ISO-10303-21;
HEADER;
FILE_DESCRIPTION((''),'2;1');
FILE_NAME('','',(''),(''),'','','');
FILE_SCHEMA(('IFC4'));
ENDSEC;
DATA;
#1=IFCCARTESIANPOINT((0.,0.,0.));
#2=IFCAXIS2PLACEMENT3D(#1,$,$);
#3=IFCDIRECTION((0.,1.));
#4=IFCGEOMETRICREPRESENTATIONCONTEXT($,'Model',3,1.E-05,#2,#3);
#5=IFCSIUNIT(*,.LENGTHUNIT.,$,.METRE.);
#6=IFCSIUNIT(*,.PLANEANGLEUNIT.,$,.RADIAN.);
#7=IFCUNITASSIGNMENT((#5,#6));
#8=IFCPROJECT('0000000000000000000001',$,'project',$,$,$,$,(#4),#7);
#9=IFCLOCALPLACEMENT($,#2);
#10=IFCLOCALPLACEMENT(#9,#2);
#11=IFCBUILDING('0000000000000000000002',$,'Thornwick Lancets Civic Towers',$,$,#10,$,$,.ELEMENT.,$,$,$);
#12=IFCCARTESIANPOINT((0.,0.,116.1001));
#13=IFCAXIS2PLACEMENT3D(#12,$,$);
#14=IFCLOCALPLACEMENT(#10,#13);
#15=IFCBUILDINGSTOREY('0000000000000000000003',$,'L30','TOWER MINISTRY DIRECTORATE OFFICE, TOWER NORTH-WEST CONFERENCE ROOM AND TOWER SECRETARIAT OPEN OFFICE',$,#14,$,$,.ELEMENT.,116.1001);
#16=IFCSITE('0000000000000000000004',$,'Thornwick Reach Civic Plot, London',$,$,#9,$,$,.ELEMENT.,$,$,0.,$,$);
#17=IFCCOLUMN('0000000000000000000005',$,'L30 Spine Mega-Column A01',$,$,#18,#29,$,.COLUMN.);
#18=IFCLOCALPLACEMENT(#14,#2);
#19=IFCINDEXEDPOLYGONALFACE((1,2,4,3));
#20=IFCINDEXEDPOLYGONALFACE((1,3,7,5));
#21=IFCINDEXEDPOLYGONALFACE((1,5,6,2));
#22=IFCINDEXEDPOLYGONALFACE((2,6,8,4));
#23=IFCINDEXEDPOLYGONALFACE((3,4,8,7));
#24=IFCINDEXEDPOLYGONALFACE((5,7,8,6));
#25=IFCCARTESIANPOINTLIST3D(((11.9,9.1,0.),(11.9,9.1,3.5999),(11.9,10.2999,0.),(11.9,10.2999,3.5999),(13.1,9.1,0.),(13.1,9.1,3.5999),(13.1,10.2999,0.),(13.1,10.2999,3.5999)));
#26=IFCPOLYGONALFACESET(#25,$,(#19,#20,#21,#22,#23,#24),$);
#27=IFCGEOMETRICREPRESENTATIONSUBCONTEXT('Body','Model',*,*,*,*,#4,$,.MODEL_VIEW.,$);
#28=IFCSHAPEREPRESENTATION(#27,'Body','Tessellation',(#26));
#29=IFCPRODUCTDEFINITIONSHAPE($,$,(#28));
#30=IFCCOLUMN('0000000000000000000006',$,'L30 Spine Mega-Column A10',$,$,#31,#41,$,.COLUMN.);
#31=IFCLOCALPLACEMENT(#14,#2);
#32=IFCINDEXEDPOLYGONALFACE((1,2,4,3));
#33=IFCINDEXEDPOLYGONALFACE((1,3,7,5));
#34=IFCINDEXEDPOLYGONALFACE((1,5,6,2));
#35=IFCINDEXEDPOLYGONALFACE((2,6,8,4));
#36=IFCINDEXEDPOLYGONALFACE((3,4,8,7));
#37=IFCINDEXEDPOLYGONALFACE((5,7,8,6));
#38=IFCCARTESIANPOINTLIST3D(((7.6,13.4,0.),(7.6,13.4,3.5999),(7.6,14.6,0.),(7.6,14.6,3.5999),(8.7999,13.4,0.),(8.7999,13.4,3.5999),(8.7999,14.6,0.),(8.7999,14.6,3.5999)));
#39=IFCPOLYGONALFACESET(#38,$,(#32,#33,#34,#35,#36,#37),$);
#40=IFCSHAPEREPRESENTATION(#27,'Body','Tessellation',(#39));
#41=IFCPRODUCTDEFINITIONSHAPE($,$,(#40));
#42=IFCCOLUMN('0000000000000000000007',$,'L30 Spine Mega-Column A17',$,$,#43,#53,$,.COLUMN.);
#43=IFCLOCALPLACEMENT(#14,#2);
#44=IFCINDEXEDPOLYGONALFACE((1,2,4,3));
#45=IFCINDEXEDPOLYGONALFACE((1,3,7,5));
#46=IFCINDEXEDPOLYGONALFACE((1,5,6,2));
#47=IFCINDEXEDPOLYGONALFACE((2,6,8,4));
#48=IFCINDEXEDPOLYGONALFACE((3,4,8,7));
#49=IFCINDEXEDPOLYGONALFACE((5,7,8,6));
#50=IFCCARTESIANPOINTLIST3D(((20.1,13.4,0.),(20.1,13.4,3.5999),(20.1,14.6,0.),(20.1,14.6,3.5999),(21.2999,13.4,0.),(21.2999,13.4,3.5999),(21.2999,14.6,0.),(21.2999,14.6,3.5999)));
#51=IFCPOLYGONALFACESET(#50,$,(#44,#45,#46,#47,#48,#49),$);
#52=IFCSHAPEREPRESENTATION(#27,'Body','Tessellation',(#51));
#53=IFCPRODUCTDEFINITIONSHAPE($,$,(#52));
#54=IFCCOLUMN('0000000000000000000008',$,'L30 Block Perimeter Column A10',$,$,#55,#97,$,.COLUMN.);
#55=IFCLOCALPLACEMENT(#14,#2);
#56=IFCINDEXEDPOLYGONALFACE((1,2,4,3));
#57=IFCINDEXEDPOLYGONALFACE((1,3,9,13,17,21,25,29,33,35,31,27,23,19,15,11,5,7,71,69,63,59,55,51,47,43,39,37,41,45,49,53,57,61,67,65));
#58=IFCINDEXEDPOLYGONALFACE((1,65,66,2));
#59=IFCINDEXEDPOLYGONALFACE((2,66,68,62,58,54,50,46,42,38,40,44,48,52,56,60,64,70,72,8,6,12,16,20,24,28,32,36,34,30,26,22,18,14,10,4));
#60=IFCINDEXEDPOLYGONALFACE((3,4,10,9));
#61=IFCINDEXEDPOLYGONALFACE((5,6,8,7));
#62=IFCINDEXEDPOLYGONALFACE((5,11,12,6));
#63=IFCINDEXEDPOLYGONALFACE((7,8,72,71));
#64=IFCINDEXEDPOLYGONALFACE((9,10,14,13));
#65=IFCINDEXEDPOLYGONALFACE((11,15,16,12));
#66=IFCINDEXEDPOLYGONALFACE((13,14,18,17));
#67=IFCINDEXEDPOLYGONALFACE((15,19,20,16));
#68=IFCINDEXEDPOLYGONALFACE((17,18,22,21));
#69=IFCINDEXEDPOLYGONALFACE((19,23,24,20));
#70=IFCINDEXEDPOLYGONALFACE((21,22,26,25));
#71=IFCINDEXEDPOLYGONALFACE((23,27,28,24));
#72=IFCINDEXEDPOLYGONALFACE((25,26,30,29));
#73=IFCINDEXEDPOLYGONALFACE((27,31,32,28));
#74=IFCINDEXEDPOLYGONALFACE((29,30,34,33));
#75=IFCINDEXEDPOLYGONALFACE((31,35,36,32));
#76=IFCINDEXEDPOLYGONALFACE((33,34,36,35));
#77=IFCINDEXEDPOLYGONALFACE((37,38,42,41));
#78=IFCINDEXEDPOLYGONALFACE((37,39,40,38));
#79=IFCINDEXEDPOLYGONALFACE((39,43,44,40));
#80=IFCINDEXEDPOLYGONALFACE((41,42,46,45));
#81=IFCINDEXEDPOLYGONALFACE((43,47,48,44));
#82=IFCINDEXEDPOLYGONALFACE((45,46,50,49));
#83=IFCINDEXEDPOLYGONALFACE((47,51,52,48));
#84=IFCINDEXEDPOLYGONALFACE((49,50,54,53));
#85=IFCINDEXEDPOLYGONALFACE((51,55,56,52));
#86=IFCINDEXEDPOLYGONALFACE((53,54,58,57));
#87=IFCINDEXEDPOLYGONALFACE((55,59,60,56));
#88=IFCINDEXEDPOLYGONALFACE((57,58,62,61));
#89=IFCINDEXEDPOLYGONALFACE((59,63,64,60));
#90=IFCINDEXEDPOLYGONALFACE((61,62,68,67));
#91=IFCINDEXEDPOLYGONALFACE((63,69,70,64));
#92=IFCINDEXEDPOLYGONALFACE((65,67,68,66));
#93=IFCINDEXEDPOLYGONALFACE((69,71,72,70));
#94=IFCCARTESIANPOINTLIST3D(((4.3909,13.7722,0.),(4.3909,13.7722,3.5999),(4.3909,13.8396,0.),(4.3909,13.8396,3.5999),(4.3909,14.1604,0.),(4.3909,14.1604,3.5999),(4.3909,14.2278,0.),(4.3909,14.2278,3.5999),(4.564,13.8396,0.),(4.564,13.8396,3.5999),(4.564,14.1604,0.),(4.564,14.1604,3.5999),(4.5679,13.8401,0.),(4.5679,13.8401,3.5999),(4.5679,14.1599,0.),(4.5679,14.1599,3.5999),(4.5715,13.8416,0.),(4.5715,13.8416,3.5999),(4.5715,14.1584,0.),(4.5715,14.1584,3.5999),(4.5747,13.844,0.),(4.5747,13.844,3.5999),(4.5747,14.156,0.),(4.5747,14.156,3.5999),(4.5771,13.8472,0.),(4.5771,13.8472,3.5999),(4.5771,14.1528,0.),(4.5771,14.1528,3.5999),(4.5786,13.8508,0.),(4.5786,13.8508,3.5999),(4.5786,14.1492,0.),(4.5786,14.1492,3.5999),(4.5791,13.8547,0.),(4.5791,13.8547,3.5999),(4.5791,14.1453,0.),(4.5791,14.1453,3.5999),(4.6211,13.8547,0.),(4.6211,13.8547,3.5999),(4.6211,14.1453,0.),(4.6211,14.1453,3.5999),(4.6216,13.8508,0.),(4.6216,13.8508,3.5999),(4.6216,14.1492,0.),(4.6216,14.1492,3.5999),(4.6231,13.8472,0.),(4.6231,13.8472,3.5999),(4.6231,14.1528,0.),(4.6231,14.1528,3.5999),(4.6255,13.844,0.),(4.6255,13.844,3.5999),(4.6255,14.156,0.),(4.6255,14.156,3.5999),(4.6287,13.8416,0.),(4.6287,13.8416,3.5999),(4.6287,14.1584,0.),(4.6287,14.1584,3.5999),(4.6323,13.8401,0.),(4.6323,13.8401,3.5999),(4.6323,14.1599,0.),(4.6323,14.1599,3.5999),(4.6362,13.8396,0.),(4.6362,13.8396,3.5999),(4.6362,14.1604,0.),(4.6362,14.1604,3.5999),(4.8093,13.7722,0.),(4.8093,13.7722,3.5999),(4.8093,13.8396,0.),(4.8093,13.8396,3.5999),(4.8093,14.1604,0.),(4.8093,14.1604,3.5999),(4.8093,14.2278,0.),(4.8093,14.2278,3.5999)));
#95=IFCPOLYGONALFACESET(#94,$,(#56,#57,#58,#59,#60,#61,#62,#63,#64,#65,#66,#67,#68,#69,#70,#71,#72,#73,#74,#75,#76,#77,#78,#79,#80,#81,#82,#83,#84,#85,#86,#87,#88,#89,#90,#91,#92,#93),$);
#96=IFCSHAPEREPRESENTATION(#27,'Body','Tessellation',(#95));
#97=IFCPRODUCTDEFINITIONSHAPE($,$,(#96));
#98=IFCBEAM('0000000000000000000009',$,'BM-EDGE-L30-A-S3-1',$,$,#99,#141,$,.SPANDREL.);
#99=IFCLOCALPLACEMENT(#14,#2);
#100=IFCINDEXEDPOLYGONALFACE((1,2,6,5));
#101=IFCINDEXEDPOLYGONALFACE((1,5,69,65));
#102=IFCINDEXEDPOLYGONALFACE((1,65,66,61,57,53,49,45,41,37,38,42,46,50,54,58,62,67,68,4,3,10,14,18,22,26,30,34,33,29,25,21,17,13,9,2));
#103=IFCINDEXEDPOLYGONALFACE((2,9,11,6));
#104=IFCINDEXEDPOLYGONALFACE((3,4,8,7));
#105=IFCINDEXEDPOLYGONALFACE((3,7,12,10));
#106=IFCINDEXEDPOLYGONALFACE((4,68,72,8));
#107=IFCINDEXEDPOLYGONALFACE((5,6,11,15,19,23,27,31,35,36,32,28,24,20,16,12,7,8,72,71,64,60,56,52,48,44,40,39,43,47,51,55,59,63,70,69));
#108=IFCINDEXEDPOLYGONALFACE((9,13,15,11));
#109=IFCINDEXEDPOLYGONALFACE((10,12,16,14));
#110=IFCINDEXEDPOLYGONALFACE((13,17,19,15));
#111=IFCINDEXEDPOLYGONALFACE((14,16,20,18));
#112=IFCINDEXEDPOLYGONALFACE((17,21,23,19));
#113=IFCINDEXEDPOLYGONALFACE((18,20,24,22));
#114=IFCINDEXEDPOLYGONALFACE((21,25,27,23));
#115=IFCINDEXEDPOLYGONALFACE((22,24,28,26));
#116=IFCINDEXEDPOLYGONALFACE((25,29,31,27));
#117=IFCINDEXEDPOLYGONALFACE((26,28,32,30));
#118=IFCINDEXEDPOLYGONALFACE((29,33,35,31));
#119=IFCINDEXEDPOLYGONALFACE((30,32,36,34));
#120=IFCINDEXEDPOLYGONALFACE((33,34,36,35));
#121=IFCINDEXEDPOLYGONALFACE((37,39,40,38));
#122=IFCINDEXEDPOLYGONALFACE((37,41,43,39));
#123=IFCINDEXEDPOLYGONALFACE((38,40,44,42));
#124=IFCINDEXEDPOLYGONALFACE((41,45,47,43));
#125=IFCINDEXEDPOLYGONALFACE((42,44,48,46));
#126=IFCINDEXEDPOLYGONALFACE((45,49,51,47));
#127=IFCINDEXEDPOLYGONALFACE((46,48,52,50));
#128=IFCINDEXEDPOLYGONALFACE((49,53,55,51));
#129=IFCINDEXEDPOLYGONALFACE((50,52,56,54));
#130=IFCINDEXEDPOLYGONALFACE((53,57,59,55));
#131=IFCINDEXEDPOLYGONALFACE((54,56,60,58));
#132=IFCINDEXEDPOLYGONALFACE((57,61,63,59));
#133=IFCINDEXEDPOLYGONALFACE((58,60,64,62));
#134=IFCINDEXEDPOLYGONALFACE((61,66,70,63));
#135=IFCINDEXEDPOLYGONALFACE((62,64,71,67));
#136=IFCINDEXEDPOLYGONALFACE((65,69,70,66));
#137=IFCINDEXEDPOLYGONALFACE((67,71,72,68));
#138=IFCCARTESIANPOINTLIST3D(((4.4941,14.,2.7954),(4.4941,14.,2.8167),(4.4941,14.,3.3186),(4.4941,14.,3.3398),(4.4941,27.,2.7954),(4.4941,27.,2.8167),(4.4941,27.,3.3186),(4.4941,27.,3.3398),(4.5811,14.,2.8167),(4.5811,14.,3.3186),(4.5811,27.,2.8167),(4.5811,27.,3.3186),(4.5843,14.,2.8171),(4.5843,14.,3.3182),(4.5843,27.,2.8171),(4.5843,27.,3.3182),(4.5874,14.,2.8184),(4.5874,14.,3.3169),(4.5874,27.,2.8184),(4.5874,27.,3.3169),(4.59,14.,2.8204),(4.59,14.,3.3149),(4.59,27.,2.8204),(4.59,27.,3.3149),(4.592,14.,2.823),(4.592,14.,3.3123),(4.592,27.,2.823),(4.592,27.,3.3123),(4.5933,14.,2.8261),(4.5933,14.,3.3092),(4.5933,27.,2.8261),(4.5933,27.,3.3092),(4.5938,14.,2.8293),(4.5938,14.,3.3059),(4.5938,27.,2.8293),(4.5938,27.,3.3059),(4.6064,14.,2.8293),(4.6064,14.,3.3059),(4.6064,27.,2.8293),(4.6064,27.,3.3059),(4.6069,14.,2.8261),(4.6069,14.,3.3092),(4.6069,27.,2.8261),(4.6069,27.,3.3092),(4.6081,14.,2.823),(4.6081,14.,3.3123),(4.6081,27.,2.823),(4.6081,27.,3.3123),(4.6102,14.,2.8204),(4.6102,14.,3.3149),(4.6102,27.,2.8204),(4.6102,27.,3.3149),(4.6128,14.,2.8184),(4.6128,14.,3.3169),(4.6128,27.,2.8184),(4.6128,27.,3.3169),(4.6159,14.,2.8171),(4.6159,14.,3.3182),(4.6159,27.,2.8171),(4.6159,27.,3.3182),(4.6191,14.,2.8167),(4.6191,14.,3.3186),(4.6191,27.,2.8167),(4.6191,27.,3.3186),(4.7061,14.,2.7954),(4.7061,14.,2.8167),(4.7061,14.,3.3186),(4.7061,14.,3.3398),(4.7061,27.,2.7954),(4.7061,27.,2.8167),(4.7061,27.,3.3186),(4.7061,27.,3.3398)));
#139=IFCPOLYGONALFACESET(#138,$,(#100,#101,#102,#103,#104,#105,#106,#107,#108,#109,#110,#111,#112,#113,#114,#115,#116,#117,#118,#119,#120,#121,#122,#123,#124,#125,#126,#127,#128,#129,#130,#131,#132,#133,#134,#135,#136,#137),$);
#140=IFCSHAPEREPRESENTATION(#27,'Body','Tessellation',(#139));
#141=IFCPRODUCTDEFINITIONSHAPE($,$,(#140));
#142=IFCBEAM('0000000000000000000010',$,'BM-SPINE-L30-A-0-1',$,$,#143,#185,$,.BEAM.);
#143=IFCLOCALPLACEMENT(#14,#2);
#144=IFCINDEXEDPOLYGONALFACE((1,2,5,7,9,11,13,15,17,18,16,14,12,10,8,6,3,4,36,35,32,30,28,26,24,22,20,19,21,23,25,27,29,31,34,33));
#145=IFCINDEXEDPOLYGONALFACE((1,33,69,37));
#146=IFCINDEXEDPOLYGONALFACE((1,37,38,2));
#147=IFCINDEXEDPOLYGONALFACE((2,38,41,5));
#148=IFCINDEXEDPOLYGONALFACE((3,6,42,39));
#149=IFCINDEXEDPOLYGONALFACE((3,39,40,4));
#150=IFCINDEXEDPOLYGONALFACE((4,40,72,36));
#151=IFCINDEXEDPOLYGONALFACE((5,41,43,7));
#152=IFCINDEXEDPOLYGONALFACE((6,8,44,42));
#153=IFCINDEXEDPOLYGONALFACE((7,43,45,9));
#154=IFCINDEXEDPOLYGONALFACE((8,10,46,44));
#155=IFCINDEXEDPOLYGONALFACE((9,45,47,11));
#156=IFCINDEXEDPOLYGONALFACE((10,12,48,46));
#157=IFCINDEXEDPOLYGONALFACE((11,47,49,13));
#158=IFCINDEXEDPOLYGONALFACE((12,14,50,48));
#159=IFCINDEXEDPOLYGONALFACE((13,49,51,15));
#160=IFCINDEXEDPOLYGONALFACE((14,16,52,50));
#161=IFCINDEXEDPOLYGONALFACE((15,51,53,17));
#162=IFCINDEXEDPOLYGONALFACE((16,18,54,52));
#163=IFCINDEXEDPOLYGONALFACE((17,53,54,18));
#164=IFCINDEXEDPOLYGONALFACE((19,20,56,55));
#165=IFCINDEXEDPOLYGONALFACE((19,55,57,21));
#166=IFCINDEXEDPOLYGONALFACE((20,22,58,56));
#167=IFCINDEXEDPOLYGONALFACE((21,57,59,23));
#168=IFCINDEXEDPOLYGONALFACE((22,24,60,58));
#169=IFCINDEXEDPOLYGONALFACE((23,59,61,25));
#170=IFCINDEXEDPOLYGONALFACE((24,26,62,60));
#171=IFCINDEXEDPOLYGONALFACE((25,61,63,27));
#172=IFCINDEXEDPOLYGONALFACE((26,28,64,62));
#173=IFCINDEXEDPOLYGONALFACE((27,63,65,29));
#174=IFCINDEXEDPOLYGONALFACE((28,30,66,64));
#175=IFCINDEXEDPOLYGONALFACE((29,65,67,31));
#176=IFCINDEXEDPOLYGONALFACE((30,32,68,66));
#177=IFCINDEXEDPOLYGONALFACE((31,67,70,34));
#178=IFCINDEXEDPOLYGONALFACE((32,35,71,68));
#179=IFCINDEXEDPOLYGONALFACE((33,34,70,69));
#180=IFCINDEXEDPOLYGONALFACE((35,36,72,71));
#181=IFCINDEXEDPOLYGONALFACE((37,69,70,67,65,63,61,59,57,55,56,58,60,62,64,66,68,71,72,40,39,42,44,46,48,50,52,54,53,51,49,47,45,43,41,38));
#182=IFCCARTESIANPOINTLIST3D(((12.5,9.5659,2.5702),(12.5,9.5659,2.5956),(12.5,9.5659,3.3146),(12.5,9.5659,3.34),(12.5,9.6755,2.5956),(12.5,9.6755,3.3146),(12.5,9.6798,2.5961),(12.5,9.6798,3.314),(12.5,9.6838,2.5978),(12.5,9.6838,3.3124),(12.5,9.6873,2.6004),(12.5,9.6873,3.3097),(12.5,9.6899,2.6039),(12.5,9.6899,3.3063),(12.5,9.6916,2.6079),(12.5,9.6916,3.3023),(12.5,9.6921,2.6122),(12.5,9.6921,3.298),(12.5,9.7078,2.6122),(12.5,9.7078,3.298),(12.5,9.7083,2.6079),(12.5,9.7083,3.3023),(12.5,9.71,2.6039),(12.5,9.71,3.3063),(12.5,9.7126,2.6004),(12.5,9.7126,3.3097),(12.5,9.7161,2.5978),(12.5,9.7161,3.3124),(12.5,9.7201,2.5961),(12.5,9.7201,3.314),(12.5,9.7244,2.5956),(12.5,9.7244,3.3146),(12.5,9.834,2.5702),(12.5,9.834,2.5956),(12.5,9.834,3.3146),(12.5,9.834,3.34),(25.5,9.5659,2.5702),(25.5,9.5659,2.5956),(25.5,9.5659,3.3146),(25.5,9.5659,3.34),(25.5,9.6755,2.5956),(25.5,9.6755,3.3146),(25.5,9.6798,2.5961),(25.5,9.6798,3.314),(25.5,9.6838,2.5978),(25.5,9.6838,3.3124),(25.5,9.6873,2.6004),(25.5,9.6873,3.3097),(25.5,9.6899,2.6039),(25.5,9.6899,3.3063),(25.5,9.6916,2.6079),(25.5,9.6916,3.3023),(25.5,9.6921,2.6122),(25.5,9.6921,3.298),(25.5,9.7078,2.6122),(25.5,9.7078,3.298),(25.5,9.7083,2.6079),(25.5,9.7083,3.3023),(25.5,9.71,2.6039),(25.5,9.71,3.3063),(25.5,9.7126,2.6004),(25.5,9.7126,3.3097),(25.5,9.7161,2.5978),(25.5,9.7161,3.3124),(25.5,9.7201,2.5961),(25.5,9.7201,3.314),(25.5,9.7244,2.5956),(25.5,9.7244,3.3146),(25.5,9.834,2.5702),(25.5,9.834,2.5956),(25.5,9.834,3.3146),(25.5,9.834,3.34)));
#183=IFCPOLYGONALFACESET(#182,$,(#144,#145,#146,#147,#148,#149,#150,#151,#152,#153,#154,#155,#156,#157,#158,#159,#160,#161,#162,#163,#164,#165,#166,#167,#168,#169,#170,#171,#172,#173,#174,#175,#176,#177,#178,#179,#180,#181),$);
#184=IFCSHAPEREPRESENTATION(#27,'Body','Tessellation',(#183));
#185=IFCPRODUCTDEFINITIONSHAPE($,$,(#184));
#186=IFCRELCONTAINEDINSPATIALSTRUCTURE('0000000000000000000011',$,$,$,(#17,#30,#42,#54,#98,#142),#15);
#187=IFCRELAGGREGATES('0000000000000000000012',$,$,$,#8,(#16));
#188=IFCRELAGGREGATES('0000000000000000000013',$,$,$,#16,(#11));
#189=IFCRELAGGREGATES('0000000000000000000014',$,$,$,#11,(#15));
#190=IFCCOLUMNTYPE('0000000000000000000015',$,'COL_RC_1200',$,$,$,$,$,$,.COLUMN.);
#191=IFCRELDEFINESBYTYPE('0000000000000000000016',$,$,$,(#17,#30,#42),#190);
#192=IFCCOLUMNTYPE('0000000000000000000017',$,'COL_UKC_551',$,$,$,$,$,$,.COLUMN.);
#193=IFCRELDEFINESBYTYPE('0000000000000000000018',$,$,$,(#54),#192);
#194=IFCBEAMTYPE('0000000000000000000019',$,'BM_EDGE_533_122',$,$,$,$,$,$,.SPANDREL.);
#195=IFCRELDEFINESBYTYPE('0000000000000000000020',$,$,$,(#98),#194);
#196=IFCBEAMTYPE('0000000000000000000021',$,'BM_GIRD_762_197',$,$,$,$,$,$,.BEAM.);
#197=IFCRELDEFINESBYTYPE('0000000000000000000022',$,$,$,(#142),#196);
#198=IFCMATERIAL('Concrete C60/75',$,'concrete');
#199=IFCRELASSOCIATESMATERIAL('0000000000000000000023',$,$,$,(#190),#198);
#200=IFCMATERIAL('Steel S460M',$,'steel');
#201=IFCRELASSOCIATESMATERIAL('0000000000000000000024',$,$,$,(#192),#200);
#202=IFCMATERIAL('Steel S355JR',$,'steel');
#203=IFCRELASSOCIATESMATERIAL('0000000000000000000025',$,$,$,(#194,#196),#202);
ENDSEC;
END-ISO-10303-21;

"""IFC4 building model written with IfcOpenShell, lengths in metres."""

from ifc_helpers import new_model, si_unit, direction, frame, origin, origin_2d, place, context, subcontext, project, spatial, rectangle, i_section, extrude, material, material_profile, profile_set, type_object, element, save


model = new_model("IFC4")

# Units and contexts
model_context = context("Model", 3, precision=1e-05, world=origin(), true_north=direction((0.0, 1.0)))
body_context = subcontext(model_context, "Body", "Model", "MODEL_VIEW")
ifc_project = project(units=[si_unit("LENGTHUNIT", "METRE"), si_unit("PLANEANGLEUNIT", "RADIAN")], contexts=[model_context])

# Site, building, storey
site_placement = place(None, origin())
site = spatial("IfcSite", under=ifc_project, at=site_placement, Name="Thornwick Reach Civic Plot, London", CompositionType="ELEMENT", RefElevation=0.0)
building_placement = place(site_placement, origin())
building = spatial("IfcBuilding", under=site, at=building_placement, Name="Thornwick Lancets Civic Towers", CompositionType="ELEMENT")
storey_placement = place(building_placement, frame((0.0, 0.0, 116.1001)))
storey = spatial("IfcBuildingStorey", under=building, at=storey_placement, Name="L30", Description="TOWER MINISTRY DIRECTORATE OFFICE, TOWER NORTH-WEST CONFERENCE ROOM AND TOWER SECRETARIAT OPEN OFFICE", CompositionType="ELEMENT", Elevation=116.1001)

# Columns
ifc_material_1 = material(Name="Concrete C60/75", Category="concrete")
ifc_material_profile_1 = material_profile(ifc_material_1, rectangle(XDim=1.2, YDim=1.2, at=origin_2d()), Name="RC 1200x1200")
ifc_profile_set_1 = profile_set([ifc_material_profile_1], Name="Concrete C60/75")
column_type_1 = type_object("IfcColumnType", Name="COL_RC_1200", PredefinedType="COLUMN", material=ifc_profile_set_1)
for number, where, z_axis, x_axis, name in (
    (1, (12.5, 9.7, 0.0), (0.0, 0.0, 1.0), (1.0, 0.0, 0.0), "L30 Spine Mega-Column A01"),
    (2, (8.2, 14.0, 0.0), (0.0, 0.0, 1.0), (1.0, 0.0, 0.0), "L30 Spine Mega-Column A10"),
    (3, (20.7, 14.0, 0.0), (0.0, 0.0, 1.0), (1.0, 0.0, 0.0), "L30 Spine Mega-Column A17"),
):
    element("IfcColumn", number, at=place(storey_placement, frame(where, z_axis=z_axis, x_axis=x_axis)), inside=storey, type_object=column_type_1, Name=name, PredefinedType="COLUMN", context=body_context, shape_type="SweptSolid", body=[
        extrude(rectangle(XDim=1.2, YDim=1.2, at=origin_2d()), origin(), (0.0, 0.0, 1.0), 3.5999),
    ])
ifc_material_2 = material(Name="Steel S460M", Category="steel")
ifc_material_profile_2 = material_profile(ifc_material_2, i_section(OverallWidth=0.4185, OverallDepth=0.4556, WebThickness=0.042, FlangeThickness=0.0674, FilletRadius=0.0151, at=origin_2d()), Name="UKC 356x406x551")
ifc_profile_set_2 = profile_set([ifc_material_profile_2], Name="Steel S460M")
column_type_2 = type_object("IfcColumnType", Name="COL_UKC_551", PredefinedType="COLUMN", material=ifc_profile_set_2)
column_placement = place(storey_placement, frame((4.6001, 14.0, 0.0), z_axis=(0.0, 0.0, 1.0), x_axis=(1.0, 0.0, 0.0)))
element("IfcColumn", 4, at=column_placement, inside=storey, type_object=column_type_2, Name="L30 Block Perimeter Column A10", PredefinedType="COLUMN", context=body_context, shape_type="SweptSolid", body=[
    extrude(i_section(OverallWidth=0.4185, OverallDepth=0.4556, WebThickness=0.042, FlangeThickness=0.0674, FilletRadius=0.0151, at=origin_2d()), origin(), (0.0, 0.0, 1.0), 3.5999),
])

# Beams
ifc_material_3 = material(Name="Steel S355JR", Category="steel")
ifc_material_profile_3 = material_profile(ifc_material_3, i_section(OverallWidth=0.2119, OverallDepth=0.5444, WebThickness=0.0127, FlangeThickness=0.0212, FilletRadius=0.0127, at=origin_2d()), Name="UKB 533x210x122")
ifc_profile_set_3 = profile_set([ifc_material_profile_3], Name="Steel S355JR")
beam_type_1 = type_object("IfcBeamType", Name="BM_EDGE_533_122", PredefinedType="SPANDREL", material=ifc_profile_set_3)
beam_1_placement = place(storey_placement, frame((4.6001, 14.0, 3.0676), z_axis=(0.0, 1.0, 0.0), x_axis=(-1.0, 0.0, 0.0)))
element("IfcBeam", 5, at=beam_1_placement, inside=storey, type_object=beam_type_1, Name="BM-EDGE-L30-A-S3-1", PredefinedType="SPANDREL", context=body_context, shape_type="SweptSolid", body=[
    extrude(i_section(OverallWidth=0.2119, OverallDepth=0.5444, WebThickness=0.0127, FlangeThickness=0.0212, FilletRadius=0.0127, at=origin_2d()), origin(), (0.0, 0.0, 1.0), 13.0),
])
ifc_material_profile_4 = material_profile(ifc_material_3, i_section(OverallWidth=0.2681, OverallDepth=0.7698, WebThickness=0.0156, FlangeThickness=0.0254, FilletRadius=0.0166, at=origin_2d()), Name="UKB 762x267x197")
ifc_profile_set_4 = profile_set([ifc_material_profile_4], Name="Steel S355JR")
beam_type_2 = type_object("IfcBeamType", Name="BM_GIRD_762_197", PredefinedType="BEAM", material=ifc_profile_set_4)
for number, where, z_axis, x_axis, name in (
    (6, (12.5, 9.7, 2.9551), (1.0, 0.0, 0.0), (0.0, 1.0, 0.0), "BM-SPINE-L30-A-0-1"),
):
    element("IfcBeam", number, at=place(storey_placement, frame(where, z_axis=z_axis, x_axis=x_axis)), inside=storey, type_object=beam_type_2, Name=name, PredefinedType="BEAM", context=body_context, shape_type="SweptSolid", body=[
        extrude(i_section(OverallWidth=0.2681, OverallDepth=0.7698, WebThickness=0.0156, FlangeThickness=0.0254, FilletRadius=0.0166, at=origin_2d()), origin(), (0.0, 0.0, 1.0), 13.0),
    ])

save(model, "model.ifc")
